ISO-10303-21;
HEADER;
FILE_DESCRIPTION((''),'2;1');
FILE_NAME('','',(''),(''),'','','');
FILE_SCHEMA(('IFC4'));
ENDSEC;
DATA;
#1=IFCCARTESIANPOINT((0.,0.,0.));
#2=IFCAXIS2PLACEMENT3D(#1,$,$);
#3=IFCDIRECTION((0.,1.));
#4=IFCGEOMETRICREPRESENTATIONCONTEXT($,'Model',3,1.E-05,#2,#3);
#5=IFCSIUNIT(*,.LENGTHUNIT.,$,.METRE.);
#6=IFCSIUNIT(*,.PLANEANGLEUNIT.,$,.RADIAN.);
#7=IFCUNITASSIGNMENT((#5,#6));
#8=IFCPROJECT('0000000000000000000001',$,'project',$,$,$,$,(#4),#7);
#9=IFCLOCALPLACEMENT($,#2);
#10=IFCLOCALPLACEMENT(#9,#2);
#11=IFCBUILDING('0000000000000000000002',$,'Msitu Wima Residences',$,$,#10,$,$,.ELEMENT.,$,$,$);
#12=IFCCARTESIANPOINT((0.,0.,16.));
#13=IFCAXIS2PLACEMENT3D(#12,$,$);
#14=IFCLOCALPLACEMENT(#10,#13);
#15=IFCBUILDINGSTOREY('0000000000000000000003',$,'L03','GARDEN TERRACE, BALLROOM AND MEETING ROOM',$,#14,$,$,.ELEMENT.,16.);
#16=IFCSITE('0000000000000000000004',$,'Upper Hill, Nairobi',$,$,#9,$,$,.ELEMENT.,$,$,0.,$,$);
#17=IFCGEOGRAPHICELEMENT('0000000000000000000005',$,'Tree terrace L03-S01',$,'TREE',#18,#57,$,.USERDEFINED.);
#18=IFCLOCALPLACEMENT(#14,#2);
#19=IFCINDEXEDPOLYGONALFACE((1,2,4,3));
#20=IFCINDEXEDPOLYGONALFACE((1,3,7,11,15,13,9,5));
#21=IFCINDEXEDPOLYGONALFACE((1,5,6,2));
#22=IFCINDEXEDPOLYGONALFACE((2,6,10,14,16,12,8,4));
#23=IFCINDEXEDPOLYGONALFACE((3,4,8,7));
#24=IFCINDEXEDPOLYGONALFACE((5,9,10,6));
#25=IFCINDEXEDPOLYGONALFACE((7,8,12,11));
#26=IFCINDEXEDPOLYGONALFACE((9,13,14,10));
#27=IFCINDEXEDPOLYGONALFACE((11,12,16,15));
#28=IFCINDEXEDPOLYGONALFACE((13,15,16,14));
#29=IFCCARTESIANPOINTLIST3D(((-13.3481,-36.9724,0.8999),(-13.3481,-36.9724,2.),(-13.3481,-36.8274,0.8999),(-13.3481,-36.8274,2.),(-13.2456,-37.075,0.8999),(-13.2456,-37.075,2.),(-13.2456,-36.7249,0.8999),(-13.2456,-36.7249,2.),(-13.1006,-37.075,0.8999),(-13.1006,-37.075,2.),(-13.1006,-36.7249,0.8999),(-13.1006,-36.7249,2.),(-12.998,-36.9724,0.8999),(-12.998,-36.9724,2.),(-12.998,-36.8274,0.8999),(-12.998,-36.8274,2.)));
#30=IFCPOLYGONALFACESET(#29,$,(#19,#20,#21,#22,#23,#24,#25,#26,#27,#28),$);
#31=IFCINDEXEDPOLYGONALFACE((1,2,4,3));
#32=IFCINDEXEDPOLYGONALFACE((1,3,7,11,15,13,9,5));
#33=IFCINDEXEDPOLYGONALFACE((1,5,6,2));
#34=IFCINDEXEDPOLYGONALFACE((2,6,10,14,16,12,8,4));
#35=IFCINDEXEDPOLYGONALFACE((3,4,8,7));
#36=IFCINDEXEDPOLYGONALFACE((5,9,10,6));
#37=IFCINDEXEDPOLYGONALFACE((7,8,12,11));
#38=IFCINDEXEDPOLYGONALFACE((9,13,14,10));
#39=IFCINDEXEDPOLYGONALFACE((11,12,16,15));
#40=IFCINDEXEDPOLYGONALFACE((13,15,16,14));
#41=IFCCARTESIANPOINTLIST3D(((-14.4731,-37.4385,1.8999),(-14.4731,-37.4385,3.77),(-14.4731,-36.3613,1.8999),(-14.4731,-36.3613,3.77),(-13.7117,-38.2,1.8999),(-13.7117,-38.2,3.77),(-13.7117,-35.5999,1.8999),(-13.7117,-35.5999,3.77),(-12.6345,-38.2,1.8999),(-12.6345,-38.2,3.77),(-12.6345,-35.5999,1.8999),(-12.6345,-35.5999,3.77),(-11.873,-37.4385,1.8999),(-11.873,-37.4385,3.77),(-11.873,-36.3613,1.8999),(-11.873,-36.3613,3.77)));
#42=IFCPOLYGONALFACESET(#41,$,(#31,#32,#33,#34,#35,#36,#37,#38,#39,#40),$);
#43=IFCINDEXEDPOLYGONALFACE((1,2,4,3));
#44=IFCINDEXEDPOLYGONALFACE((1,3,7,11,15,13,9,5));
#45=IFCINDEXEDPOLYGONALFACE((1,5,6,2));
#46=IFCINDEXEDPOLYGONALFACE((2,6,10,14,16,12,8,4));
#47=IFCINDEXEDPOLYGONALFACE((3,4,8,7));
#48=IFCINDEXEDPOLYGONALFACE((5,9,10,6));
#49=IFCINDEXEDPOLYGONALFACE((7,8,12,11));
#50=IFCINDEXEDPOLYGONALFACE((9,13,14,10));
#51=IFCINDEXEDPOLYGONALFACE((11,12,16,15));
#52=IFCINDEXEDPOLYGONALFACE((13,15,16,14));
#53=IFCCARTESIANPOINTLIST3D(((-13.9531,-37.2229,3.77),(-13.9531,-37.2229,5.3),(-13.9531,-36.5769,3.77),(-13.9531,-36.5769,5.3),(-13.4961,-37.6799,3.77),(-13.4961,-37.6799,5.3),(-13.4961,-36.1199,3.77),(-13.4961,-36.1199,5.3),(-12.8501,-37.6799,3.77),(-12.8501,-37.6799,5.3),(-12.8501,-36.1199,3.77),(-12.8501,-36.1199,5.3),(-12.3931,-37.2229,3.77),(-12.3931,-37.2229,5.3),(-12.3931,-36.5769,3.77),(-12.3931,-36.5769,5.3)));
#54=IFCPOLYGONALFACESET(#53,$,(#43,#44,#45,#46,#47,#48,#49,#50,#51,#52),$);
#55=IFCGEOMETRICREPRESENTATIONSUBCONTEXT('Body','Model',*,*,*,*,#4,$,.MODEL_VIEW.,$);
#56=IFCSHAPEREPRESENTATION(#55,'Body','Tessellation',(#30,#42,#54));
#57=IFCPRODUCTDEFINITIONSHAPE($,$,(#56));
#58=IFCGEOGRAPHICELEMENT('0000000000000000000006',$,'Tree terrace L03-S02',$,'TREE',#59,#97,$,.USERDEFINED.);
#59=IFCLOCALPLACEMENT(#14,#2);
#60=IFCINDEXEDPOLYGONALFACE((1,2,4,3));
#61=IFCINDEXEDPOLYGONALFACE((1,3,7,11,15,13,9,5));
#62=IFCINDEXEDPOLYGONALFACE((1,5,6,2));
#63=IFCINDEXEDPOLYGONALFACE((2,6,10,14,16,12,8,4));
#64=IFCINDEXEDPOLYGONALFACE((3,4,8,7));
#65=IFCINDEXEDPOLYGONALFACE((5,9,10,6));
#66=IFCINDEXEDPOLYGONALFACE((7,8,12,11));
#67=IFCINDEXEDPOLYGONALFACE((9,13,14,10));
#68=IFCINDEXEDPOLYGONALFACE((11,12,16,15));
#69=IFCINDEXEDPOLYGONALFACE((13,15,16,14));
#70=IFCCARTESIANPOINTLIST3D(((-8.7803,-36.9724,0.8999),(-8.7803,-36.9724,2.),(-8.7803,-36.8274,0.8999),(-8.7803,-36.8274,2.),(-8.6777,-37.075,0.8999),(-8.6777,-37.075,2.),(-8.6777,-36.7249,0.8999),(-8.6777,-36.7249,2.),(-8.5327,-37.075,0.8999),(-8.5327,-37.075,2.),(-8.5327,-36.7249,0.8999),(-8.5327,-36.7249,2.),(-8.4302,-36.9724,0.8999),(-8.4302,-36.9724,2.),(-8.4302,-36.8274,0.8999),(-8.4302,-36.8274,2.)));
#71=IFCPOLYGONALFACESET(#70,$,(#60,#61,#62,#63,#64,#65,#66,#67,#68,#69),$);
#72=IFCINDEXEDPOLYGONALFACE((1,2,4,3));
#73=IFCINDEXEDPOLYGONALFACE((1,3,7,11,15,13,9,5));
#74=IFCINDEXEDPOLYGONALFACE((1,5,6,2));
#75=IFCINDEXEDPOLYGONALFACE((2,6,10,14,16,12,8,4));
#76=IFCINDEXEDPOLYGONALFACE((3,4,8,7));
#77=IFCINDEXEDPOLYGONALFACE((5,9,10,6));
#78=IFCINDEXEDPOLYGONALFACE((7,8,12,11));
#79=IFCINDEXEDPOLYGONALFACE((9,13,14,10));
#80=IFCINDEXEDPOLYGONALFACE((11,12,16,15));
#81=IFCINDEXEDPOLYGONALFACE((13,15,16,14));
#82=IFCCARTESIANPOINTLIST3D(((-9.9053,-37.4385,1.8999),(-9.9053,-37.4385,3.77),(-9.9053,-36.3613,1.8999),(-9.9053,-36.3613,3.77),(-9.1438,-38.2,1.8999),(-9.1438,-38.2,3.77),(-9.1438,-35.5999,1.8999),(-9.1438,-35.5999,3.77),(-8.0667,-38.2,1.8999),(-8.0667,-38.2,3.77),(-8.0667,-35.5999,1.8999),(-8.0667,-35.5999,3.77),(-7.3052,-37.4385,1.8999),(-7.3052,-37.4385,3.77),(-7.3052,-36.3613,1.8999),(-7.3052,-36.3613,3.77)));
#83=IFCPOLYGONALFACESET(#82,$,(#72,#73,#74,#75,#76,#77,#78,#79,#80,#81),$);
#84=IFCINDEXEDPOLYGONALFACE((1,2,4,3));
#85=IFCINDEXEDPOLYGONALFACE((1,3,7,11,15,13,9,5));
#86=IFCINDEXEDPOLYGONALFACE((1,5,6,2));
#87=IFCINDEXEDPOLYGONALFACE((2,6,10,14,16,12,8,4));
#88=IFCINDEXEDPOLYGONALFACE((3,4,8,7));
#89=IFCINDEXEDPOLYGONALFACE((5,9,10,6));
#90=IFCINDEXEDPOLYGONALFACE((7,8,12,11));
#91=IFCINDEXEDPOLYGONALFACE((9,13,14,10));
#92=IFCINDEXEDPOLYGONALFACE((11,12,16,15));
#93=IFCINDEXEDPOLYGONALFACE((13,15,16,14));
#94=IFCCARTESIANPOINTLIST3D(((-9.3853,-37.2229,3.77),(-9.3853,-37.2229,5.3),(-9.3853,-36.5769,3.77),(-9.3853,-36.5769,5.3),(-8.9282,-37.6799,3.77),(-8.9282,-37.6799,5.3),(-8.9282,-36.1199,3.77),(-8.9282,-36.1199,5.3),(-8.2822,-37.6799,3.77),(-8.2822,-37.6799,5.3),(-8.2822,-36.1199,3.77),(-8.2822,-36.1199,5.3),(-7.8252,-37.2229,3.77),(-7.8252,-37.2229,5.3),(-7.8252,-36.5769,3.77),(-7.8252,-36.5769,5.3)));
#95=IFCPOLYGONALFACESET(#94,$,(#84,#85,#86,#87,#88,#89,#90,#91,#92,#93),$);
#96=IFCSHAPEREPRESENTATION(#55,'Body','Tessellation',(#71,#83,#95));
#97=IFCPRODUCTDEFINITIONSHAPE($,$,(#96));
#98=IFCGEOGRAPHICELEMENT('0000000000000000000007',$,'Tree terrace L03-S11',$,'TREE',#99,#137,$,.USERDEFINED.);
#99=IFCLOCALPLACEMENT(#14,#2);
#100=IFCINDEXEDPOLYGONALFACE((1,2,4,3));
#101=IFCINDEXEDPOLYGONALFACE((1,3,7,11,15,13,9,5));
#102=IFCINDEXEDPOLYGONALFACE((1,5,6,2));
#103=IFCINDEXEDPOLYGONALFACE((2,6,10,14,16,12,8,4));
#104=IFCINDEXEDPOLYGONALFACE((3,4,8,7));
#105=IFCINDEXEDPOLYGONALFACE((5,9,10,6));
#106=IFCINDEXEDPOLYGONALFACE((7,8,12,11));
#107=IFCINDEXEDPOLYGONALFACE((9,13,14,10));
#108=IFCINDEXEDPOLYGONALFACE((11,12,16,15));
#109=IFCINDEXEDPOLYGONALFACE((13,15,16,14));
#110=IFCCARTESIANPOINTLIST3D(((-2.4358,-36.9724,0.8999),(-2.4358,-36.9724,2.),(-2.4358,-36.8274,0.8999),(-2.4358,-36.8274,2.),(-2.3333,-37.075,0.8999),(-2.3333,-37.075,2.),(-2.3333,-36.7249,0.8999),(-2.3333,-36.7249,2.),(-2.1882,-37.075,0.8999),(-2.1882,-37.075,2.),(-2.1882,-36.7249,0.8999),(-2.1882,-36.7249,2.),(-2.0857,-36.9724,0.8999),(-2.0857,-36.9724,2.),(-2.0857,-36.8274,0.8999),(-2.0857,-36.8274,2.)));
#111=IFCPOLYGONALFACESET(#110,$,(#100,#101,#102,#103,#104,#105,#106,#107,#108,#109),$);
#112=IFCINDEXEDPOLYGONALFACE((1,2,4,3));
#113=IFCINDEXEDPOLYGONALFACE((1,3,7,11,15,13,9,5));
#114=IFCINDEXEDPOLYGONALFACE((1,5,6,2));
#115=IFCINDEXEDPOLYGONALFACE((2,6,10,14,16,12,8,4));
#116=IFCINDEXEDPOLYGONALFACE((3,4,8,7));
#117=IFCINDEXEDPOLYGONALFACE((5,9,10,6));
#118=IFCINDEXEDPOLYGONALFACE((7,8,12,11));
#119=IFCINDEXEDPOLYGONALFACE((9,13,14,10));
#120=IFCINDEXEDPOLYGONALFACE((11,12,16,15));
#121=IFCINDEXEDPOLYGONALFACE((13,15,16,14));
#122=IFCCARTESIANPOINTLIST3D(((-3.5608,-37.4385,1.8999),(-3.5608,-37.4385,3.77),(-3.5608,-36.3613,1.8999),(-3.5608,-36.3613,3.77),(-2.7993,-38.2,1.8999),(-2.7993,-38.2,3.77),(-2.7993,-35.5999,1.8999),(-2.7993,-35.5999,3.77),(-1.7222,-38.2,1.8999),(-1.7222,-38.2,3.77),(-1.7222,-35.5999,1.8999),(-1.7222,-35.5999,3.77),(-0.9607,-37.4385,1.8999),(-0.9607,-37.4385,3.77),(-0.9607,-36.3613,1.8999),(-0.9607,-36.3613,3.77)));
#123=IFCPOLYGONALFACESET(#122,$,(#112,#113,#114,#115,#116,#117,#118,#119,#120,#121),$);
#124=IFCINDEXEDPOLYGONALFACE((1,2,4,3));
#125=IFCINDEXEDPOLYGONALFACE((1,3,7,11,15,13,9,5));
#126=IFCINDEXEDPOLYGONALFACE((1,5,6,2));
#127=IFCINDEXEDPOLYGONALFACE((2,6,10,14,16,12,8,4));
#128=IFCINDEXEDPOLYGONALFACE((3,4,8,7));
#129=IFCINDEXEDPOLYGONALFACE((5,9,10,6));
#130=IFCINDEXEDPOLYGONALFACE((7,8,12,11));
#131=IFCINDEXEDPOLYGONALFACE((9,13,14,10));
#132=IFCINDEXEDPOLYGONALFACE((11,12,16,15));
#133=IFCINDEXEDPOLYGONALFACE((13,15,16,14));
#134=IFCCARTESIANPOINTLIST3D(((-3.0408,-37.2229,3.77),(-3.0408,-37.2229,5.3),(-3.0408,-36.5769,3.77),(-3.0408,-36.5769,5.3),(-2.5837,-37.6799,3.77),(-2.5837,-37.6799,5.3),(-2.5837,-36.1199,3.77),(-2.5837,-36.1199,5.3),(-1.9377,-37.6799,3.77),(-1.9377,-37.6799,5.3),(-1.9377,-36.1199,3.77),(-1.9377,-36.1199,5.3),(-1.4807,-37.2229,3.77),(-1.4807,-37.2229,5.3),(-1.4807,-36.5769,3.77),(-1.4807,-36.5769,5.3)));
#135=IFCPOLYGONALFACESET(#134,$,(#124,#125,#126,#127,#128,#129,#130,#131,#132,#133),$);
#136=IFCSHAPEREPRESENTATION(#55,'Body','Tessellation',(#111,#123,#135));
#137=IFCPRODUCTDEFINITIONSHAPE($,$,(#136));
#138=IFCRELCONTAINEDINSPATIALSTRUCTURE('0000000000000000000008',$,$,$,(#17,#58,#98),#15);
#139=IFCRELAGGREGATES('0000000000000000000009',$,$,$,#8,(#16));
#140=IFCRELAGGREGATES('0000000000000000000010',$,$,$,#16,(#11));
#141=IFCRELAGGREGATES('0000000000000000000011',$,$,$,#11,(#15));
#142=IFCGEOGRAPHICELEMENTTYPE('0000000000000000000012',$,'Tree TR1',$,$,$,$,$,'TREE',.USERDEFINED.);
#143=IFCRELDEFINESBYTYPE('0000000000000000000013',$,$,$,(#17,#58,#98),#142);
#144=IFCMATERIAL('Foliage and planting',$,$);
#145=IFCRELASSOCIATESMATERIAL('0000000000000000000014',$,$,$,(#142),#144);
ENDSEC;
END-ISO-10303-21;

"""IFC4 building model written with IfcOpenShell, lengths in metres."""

from ifc_helpers import new_model, si_unit, direction, frame, origin, place, context, subcontext, project, spatial, polyline, outline, extrude, material, type_object, element, save


model = new_model("IFC4")

# Units and contexts
model_context = context("Model", 3, precision=1e-05, world=origin(), true_north=direction((0.0, 1.0)))
body_context = subcontext(model_context, "Body", "Model", "MODEL_VIEW")
ifc_project = project(units=[si_unit("LENGTHUNIT", "METRE"), si_unit("PLANEANGLEUNIT", "RADIAN")], contexts=[model_context])

# Site, building, storey
site_placement = place(None, origin())
site = spatial("IfcSite", under=ifc_project, at=site_placement, Name="Upper Hill, Nairobi", CompositionType="ELEMENT", RefElevation=0.0)
building_placement = place(site_placement, origin())
building = spatial("IfcBuilding", under=site, at=building_placement, Name="Msitu Wima Residences", CompositionType="ELEMENT")
storey_placement = place(building_placement, frame((0.0, 0.0, 16.0)))
storey = spatial("IfcBuildingStorey", under=building, at=storey_placement, Name="L03", Description="GARDEN TERRACE, BALLROOM AND MEETING ROOM", CompositionType="ELEMENT", Elevation=16.0)

# Geographic elements
ifc_material_1 = material(Name="Foliage and planting")
geographic_element_type = type_object("IfcGeographicElementType", Name="Tree TR1", ElementType="TREE", PredefinedType="USERDEFINED", material=ifc_material_1)
for number, where, z_axis, x_axis, name in (
    (1, (-13.1731, -36.8999, 0.8999), (0.0, 0.0, 1.0), (1.0, 0.0, 0.0), "Tree terrace L03-S01"),
    (2, (-8.6052, -36.8999, 0.8999), (0.0, 0.0, 1.0), (1.0, 0.0, 0.0), "Tree terrace L03-S02"),
    (3, (-2.2607, -36.8999, 0.8999), (0.0, 0.0, 1.0), (1.0, 0.0, 0.0), "Tree terrace L03-S11"),
):
    element("IfcGeographicElement", number, at=place(storey_placement, frame(where, z_axis=z_axis, x_axis=x_axis)), inside=storey, type_object=geographic_element_type, Name=name, ObjectType="TREE", PredefinedType="USERDEFINED", context=body_context, shape_type="SweptSolid", body=[
        extrude(outline(polyline([(0.175, 0.0725), (0.0725, 0.175), (-0.0725, 0.175), (-0.175, 0.0725), (-0.175, -0.0725), (-0.0725, -0.175), (0.0725, -0.175), (0.175, -0.0725), (0.175, 0.0725)])), origin(), (0.0, 0.0, 1.0), 1.1001),
        extrude(outline(polyline([(1.3, 0.5386), (0.5386, 1.3), (-0.5386, 1.3), (-1.3, 0.5386), (-1.3, -0.5386), (-0.5386, -1.3), (0.5386, -1.3), (1.3, -0.5386), (1.3, 0.5386)])), frame((0.0, 0.0, 1.0)), (0.0, 0.0, 1.0), 1.8701),
        extrude(outline(polyline([(0.78, 0.323), (0.323, 0.78), (-0.323, 0.78), (-0.78, 0.323), (-0.78, -0.323), (-0.323, -0.78), (0.323, -0.78), (0.78, -0.323), (0.78, 0.323)])), frame((0.0, 0.0, 2.8701)), (0.0, 0.0, 1.0), 1.53),
    ])

save(model, "model.ifc")
